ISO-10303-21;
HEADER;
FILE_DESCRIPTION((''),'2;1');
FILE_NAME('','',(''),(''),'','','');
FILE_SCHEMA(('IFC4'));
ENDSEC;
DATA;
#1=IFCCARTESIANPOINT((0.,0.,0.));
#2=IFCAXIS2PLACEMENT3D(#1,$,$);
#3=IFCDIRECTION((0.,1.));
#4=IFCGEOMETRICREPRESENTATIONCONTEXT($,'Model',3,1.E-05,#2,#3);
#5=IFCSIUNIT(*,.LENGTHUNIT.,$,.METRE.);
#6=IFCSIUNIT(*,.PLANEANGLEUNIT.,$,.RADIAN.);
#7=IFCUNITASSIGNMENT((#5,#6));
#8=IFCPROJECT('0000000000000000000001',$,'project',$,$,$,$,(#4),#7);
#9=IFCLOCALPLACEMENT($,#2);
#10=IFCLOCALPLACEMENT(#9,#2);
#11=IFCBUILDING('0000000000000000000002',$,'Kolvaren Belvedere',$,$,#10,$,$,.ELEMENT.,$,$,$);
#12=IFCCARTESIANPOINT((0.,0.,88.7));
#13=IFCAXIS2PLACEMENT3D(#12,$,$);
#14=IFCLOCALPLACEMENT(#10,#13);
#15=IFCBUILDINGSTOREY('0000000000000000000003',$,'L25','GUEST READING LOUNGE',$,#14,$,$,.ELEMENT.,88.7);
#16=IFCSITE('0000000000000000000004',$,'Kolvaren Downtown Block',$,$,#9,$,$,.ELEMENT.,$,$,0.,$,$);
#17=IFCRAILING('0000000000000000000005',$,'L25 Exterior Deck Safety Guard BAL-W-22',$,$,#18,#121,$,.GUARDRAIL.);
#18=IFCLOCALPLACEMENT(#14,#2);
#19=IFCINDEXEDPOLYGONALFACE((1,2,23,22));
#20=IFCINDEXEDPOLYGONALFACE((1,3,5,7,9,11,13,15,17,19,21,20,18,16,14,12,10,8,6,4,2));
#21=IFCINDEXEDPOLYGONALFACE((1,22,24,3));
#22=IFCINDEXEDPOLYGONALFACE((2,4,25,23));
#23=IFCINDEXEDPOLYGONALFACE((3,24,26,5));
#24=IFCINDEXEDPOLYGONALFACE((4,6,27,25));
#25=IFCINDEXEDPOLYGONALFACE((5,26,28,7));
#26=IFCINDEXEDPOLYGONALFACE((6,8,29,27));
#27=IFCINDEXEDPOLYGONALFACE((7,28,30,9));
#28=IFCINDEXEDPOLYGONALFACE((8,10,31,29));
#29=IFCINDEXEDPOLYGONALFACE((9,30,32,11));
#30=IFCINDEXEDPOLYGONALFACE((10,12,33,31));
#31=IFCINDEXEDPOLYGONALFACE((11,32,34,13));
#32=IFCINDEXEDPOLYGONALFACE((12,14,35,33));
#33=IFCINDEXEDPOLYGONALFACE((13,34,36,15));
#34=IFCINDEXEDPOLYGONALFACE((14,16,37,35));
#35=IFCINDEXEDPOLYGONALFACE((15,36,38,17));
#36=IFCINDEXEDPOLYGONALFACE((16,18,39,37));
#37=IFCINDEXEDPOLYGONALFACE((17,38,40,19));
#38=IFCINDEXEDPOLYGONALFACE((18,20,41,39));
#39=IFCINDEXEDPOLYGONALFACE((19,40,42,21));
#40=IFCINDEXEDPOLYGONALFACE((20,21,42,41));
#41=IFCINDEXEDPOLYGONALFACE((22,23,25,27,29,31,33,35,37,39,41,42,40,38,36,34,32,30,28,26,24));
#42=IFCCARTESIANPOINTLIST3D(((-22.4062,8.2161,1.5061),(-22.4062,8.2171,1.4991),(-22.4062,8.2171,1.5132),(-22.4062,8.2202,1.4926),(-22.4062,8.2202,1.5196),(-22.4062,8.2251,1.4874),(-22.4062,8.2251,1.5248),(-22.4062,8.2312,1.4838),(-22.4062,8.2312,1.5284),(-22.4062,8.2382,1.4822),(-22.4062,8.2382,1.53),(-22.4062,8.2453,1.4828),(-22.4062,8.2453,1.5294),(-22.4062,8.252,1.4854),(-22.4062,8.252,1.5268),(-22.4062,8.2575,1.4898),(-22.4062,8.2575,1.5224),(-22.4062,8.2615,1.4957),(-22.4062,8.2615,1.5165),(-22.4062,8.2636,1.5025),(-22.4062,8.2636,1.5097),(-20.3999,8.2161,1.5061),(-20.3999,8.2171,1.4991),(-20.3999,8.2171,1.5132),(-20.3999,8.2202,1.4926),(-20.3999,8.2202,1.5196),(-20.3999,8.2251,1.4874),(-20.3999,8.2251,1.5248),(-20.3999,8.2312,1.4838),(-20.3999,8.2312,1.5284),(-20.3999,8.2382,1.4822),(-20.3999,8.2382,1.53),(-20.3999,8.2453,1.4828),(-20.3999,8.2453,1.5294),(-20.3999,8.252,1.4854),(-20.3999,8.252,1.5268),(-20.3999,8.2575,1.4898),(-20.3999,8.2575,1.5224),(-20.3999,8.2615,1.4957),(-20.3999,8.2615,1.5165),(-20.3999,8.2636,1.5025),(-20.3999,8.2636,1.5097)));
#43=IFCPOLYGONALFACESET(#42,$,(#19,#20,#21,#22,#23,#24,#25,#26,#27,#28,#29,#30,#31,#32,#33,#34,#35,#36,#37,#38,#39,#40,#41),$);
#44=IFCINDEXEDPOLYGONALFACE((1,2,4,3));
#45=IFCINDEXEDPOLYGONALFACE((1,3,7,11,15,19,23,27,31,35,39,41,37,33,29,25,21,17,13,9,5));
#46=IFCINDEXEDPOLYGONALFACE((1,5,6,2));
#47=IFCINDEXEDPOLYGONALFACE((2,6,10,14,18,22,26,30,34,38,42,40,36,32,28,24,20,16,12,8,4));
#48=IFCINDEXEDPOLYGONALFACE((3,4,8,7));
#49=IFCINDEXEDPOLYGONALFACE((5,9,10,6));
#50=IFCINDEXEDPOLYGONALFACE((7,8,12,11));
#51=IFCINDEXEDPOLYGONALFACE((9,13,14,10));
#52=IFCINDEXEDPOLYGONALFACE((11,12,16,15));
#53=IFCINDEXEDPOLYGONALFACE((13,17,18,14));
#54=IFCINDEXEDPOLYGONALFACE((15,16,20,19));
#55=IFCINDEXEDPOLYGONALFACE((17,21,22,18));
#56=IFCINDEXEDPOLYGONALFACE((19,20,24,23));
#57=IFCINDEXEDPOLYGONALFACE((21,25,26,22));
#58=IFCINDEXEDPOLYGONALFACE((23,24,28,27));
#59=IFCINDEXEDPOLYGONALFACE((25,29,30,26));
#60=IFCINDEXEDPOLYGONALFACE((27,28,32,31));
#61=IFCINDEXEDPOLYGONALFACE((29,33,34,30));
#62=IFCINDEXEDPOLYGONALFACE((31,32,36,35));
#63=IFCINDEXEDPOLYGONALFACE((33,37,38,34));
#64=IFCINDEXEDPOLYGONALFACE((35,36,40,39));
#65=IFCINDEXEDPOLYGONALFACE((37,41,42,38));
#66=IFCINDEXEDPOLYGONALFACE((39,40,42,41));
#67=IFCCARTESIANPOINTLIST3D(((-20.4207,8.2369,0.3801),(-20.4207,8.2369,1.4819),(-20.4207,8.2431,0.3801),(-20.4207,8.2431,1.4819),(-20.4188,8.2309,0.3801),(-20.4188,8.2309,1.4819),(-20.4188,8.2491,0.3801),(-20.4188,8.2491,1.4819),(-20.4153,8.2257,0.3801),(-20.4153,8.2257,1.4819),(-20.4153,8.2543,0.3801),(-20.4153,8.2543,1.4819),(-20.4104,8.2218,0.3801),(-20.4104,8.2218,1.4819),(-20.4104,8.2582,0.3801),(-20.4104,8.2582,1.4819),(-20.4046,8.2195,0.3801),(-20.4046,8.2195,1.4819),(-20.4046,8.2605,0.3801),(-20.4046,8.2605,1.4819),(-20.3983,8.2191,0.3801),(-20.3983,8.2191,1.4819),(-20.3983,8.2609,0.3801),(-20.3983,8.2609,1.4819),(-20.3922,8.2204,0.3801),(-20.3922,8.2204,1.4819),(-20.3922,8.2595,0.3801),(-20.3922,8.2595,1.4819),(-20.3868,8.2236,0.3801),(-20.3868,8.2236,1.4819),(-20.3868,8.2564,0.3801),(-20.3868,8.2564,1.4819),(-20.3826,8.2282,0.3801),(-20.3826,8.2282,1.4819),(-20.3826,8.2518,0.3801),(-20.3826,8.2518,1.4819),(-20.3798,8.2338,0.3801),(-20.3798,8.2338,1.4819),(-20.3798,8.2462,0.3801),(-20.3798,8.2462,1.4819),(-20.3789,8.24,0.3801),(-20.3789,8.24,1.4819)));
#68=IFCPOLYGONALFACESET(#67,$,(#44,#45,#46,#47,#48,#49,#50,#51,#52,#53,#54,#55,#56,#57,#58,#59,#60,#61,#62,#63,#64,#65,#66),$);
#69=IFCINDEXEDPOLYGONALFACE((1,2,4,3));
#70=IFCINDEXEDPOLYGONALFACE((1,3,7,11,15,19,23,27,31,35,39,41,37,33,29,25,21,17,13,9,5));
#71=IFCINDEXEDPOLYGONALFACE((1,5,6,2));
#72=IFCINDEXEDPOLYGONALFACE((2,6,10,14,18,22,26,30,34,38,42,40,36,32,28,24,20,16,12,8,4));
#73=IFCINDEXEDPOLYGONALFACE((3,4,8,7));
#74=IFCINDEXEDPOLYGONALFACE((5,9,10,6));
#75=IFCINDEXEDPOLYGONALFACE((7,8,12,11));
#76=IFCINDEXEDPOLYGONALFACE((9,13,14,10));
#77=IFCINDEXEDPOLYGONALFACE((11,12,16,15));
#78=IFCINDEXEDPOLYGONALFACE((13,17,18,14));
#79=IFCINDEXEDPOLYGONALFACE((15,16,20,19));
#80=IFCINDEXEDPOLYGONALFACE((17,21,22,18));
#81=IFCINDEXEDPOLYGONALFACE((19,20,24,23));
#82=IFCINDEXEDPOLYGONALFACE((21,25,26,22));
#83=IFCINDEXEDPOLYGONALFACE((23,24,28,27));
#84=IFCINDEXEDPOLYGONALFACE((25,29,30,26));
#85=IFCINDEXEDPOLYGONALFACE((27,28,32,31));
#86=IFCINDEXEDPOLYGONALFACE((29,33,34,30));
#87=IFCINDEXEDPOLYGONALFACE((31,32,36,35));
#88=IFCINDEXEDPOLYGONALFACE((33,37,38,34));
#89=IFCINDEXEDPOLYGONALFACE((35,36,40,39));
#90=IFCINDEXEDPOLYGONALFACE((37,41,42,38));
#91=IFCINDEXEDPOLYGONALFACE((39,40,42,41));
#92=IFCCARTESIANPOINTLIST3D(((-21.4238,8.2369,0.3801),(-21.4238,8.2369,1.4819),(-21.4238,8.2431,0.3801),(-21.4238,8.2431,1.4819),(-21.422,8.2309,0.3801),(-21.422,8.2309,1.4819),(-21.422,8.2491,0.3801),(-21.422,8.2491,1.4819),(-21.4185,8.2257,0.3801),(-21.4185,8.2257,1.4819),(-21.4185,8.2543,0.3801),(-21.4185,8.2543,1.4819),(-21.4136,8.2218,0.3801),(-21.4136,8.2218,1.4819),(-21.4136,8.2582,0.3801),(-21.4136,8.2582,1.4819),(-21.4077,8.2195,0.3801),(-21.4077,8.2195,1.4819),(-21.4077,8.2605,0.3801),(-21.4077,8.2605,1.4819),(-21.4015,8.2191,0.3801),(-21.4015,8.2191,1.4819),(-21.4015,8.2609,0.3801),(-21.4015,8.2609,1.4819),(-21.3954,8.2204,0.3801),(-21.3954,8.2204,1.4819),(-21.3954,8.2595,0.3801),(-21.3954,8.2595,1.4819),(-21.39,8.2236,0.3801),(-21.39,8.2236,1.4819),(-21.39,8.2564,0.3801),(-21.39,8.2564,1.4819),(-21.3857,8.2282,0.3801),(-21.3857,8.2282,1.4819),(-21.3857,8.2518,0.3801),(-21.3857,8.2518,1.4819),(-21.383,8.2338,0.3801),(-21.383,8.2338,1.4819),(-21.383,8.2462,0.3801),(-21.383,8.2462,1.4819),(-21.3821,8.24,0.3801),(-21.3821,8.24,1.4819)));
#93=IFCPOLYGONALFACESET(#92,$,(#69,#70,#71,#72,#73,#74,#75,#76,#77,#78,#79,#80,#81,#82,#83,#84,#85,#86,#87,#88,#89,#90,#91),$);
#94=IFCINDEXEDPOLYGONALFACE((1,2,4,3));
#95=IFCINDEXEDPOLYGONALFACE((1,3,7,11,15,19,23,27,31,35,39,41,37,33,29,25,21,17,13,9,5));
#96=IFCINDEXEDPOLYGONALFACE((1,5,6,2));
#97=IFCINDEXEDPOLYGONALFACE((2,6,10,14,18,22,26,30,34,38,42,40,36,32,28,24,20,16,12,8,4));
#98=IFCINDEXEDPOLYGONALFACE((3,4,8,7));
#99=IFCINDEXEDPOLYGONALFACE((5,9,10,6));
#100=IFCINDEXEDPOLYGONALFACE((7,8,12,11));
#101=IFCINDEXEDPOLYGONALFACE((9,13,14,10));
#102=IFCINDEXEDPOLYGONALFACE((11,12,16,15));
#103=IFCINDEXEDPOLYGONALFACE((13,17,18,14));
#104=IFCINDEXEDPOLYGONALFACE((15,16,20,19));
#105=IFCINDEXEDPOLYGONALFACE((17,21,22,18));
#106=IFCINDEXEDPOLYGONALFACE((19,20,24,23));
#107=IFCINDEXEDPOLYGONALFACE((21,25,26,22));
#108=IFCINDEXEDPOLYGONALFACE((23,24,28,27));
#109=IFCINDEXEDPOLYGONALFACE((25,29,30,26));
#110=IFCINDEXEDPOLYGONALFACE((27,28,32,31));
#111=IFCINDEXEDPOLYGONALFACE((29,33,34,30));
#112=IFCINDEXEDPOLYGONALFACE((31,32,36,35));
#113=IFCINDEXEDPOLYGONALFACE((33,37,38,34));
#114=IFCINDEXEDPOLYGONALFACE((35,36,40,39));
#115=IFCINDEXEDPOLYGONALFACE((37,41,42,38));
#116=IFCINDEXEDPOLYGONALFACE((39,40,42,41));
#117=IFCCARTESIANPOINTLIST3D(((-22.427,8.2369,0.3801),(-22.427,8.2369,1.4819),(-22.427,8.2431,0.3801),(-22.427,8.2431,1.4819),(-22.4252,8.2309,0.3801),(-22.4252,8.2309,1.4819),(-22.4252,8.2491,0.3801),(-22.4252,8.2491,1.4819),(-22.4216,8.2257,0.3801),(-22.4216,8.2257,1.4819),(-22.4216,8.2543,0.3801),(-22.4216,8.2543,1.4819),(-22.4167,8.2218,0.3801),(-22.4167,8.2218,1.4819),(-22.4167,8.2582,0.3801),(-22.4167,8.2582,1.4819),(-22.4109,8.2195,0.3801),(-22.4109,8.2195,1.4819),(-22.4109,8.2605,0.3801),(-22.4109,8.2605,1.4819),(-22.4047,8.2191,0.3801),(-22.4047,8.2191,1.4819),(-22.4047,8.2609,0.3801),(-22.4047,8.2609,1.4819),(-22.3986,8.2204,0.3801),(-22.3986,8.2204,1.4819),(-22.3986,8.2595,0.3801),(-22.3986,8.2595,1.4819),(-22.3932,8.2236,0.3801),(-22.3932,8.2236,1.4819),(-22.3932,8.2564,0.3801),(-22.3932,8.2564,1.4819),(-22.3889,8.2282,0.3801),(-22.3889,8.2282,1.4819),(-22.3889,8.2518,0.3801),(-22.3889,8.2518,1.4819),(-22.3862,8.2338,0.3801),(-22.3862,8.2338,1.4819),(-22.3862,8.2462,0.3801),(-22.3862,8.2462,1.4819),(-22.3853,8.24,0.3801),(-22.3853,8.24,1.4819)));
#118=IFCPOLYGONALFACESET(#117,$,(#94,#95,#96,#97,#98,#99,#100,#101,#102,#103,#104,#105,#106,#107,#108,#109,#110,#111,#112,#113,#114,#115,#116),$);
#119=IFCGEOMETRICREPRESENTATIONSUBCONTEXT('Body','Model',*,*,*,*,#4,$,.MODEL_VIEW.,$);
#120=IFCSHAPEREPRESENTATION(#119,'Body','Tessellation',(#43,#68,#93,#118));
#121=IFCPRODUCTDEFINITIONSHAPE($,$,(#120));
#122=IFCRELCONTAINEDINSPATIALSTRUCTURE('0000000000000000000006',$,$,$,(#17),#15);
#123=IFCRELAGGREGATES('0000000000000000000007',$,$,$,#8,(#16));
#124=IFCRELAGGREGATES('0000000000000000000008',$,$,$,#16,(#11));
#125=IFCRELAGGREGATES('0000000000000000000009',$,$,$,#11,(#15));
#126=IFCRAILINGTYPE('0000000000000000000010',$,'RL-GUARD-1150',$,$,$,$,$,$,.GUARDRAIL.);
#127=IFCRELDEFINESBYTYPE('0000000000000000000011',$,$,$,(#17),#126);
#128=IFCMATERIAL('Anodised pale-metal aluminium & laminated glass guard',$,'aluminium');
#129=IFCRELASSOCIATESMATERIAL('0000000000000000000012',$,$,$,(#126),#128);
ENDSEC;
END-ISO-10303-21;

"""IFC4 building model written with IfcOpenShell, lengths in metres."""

from ifc_helpers import new_model, si_unit, direction, frame, origin, origin_2d, place, context, subcontext, project, spatial, circle, extrude, material, type_object, element, save


model = new_model("IFC4")

# Units and contexts
model_context = context("Model", 3, precision=1e-05, world=origin(), true_north=direction((0.0, 1.0)))
body_context = subcontext(model_context, "Body", "Model", "MODEL_VIEW")
ifc_project = project(units=[si_unit("LENGTHUNIT", "METRE"), si_unit("PLANEANGLEUNIT", "RADIAN")], contexts=[model_context])

# Site, building, storey
site_placement = place(None, origin())
site = spatial("IfcSite", under=ifc_project, at=site_placement, Name="Kolvaren Downtown Block", CompositionType="ELEMENT", RefElevation=0.0)
building_placement = place(site_placement, origin())
building = spatial("IfcBuilding", under=site, at=building_placement, Name="Kolvaren Belvedere", CompositionType="ELEMENT")
storey_placement = place(building_placement, frame((0.0, 0.0, 88.7)))
storey = spatial("IfcBuildingStorey", under=building, at=storey_placement, Name="L25", Description="GUEST READING LOUNGE", CompositionType="ELEMENT", Elevation=88.7)

# Railing
ifc_material_1 = material(Name="Anodised pale-metal aluminium & laminated glass guard", Category="aluminium")
railing_type = type_object("IfcRailingType", Name="RL-GUARD-1150", PredefinedType="GUARDRAIL", material=ifc_material_1)
railing_1_placement = place(storey_placement, frame((-20.3999, 8.24, 0.3801)))
element("IfcRailing", 1, at=railing_1_placement, inside=storey, type_object=railing_type, Name="L25 Exterior Deck Safety Guard BAL-W-22", PredefinedType="GUARDRAIL", context=body_context, shape_type="SweptSolid", body=[
    extrude(circle(Radius=0.0239, at=origin_2d()), frame((0.0, 0.0, 1.126), z_axis=(-1.0, 0.0, 0.0), x_axis=(0.0, -1.0, 0.0)), (0.0, 0.0, 1.0), 2.0063),
    extrude(circle(Radius=0.021, at=origin_2d()), origin(), (0.0, 0.0, 1.0), 1.1018),
    extrude(circle(Radius=0.021, at=origin_2d()), frame((-1.0032, 0.0, 0.0)), (0.0, 0.0, 1.0), 1.1018),
    extrude(circle(Radius=0.021, at=origin_2d()), frame((-2.0063, 0.0, 0.0)), (0.0, 0.0, 1.0), 1.1018),
])

save(model, "model.ifc")
